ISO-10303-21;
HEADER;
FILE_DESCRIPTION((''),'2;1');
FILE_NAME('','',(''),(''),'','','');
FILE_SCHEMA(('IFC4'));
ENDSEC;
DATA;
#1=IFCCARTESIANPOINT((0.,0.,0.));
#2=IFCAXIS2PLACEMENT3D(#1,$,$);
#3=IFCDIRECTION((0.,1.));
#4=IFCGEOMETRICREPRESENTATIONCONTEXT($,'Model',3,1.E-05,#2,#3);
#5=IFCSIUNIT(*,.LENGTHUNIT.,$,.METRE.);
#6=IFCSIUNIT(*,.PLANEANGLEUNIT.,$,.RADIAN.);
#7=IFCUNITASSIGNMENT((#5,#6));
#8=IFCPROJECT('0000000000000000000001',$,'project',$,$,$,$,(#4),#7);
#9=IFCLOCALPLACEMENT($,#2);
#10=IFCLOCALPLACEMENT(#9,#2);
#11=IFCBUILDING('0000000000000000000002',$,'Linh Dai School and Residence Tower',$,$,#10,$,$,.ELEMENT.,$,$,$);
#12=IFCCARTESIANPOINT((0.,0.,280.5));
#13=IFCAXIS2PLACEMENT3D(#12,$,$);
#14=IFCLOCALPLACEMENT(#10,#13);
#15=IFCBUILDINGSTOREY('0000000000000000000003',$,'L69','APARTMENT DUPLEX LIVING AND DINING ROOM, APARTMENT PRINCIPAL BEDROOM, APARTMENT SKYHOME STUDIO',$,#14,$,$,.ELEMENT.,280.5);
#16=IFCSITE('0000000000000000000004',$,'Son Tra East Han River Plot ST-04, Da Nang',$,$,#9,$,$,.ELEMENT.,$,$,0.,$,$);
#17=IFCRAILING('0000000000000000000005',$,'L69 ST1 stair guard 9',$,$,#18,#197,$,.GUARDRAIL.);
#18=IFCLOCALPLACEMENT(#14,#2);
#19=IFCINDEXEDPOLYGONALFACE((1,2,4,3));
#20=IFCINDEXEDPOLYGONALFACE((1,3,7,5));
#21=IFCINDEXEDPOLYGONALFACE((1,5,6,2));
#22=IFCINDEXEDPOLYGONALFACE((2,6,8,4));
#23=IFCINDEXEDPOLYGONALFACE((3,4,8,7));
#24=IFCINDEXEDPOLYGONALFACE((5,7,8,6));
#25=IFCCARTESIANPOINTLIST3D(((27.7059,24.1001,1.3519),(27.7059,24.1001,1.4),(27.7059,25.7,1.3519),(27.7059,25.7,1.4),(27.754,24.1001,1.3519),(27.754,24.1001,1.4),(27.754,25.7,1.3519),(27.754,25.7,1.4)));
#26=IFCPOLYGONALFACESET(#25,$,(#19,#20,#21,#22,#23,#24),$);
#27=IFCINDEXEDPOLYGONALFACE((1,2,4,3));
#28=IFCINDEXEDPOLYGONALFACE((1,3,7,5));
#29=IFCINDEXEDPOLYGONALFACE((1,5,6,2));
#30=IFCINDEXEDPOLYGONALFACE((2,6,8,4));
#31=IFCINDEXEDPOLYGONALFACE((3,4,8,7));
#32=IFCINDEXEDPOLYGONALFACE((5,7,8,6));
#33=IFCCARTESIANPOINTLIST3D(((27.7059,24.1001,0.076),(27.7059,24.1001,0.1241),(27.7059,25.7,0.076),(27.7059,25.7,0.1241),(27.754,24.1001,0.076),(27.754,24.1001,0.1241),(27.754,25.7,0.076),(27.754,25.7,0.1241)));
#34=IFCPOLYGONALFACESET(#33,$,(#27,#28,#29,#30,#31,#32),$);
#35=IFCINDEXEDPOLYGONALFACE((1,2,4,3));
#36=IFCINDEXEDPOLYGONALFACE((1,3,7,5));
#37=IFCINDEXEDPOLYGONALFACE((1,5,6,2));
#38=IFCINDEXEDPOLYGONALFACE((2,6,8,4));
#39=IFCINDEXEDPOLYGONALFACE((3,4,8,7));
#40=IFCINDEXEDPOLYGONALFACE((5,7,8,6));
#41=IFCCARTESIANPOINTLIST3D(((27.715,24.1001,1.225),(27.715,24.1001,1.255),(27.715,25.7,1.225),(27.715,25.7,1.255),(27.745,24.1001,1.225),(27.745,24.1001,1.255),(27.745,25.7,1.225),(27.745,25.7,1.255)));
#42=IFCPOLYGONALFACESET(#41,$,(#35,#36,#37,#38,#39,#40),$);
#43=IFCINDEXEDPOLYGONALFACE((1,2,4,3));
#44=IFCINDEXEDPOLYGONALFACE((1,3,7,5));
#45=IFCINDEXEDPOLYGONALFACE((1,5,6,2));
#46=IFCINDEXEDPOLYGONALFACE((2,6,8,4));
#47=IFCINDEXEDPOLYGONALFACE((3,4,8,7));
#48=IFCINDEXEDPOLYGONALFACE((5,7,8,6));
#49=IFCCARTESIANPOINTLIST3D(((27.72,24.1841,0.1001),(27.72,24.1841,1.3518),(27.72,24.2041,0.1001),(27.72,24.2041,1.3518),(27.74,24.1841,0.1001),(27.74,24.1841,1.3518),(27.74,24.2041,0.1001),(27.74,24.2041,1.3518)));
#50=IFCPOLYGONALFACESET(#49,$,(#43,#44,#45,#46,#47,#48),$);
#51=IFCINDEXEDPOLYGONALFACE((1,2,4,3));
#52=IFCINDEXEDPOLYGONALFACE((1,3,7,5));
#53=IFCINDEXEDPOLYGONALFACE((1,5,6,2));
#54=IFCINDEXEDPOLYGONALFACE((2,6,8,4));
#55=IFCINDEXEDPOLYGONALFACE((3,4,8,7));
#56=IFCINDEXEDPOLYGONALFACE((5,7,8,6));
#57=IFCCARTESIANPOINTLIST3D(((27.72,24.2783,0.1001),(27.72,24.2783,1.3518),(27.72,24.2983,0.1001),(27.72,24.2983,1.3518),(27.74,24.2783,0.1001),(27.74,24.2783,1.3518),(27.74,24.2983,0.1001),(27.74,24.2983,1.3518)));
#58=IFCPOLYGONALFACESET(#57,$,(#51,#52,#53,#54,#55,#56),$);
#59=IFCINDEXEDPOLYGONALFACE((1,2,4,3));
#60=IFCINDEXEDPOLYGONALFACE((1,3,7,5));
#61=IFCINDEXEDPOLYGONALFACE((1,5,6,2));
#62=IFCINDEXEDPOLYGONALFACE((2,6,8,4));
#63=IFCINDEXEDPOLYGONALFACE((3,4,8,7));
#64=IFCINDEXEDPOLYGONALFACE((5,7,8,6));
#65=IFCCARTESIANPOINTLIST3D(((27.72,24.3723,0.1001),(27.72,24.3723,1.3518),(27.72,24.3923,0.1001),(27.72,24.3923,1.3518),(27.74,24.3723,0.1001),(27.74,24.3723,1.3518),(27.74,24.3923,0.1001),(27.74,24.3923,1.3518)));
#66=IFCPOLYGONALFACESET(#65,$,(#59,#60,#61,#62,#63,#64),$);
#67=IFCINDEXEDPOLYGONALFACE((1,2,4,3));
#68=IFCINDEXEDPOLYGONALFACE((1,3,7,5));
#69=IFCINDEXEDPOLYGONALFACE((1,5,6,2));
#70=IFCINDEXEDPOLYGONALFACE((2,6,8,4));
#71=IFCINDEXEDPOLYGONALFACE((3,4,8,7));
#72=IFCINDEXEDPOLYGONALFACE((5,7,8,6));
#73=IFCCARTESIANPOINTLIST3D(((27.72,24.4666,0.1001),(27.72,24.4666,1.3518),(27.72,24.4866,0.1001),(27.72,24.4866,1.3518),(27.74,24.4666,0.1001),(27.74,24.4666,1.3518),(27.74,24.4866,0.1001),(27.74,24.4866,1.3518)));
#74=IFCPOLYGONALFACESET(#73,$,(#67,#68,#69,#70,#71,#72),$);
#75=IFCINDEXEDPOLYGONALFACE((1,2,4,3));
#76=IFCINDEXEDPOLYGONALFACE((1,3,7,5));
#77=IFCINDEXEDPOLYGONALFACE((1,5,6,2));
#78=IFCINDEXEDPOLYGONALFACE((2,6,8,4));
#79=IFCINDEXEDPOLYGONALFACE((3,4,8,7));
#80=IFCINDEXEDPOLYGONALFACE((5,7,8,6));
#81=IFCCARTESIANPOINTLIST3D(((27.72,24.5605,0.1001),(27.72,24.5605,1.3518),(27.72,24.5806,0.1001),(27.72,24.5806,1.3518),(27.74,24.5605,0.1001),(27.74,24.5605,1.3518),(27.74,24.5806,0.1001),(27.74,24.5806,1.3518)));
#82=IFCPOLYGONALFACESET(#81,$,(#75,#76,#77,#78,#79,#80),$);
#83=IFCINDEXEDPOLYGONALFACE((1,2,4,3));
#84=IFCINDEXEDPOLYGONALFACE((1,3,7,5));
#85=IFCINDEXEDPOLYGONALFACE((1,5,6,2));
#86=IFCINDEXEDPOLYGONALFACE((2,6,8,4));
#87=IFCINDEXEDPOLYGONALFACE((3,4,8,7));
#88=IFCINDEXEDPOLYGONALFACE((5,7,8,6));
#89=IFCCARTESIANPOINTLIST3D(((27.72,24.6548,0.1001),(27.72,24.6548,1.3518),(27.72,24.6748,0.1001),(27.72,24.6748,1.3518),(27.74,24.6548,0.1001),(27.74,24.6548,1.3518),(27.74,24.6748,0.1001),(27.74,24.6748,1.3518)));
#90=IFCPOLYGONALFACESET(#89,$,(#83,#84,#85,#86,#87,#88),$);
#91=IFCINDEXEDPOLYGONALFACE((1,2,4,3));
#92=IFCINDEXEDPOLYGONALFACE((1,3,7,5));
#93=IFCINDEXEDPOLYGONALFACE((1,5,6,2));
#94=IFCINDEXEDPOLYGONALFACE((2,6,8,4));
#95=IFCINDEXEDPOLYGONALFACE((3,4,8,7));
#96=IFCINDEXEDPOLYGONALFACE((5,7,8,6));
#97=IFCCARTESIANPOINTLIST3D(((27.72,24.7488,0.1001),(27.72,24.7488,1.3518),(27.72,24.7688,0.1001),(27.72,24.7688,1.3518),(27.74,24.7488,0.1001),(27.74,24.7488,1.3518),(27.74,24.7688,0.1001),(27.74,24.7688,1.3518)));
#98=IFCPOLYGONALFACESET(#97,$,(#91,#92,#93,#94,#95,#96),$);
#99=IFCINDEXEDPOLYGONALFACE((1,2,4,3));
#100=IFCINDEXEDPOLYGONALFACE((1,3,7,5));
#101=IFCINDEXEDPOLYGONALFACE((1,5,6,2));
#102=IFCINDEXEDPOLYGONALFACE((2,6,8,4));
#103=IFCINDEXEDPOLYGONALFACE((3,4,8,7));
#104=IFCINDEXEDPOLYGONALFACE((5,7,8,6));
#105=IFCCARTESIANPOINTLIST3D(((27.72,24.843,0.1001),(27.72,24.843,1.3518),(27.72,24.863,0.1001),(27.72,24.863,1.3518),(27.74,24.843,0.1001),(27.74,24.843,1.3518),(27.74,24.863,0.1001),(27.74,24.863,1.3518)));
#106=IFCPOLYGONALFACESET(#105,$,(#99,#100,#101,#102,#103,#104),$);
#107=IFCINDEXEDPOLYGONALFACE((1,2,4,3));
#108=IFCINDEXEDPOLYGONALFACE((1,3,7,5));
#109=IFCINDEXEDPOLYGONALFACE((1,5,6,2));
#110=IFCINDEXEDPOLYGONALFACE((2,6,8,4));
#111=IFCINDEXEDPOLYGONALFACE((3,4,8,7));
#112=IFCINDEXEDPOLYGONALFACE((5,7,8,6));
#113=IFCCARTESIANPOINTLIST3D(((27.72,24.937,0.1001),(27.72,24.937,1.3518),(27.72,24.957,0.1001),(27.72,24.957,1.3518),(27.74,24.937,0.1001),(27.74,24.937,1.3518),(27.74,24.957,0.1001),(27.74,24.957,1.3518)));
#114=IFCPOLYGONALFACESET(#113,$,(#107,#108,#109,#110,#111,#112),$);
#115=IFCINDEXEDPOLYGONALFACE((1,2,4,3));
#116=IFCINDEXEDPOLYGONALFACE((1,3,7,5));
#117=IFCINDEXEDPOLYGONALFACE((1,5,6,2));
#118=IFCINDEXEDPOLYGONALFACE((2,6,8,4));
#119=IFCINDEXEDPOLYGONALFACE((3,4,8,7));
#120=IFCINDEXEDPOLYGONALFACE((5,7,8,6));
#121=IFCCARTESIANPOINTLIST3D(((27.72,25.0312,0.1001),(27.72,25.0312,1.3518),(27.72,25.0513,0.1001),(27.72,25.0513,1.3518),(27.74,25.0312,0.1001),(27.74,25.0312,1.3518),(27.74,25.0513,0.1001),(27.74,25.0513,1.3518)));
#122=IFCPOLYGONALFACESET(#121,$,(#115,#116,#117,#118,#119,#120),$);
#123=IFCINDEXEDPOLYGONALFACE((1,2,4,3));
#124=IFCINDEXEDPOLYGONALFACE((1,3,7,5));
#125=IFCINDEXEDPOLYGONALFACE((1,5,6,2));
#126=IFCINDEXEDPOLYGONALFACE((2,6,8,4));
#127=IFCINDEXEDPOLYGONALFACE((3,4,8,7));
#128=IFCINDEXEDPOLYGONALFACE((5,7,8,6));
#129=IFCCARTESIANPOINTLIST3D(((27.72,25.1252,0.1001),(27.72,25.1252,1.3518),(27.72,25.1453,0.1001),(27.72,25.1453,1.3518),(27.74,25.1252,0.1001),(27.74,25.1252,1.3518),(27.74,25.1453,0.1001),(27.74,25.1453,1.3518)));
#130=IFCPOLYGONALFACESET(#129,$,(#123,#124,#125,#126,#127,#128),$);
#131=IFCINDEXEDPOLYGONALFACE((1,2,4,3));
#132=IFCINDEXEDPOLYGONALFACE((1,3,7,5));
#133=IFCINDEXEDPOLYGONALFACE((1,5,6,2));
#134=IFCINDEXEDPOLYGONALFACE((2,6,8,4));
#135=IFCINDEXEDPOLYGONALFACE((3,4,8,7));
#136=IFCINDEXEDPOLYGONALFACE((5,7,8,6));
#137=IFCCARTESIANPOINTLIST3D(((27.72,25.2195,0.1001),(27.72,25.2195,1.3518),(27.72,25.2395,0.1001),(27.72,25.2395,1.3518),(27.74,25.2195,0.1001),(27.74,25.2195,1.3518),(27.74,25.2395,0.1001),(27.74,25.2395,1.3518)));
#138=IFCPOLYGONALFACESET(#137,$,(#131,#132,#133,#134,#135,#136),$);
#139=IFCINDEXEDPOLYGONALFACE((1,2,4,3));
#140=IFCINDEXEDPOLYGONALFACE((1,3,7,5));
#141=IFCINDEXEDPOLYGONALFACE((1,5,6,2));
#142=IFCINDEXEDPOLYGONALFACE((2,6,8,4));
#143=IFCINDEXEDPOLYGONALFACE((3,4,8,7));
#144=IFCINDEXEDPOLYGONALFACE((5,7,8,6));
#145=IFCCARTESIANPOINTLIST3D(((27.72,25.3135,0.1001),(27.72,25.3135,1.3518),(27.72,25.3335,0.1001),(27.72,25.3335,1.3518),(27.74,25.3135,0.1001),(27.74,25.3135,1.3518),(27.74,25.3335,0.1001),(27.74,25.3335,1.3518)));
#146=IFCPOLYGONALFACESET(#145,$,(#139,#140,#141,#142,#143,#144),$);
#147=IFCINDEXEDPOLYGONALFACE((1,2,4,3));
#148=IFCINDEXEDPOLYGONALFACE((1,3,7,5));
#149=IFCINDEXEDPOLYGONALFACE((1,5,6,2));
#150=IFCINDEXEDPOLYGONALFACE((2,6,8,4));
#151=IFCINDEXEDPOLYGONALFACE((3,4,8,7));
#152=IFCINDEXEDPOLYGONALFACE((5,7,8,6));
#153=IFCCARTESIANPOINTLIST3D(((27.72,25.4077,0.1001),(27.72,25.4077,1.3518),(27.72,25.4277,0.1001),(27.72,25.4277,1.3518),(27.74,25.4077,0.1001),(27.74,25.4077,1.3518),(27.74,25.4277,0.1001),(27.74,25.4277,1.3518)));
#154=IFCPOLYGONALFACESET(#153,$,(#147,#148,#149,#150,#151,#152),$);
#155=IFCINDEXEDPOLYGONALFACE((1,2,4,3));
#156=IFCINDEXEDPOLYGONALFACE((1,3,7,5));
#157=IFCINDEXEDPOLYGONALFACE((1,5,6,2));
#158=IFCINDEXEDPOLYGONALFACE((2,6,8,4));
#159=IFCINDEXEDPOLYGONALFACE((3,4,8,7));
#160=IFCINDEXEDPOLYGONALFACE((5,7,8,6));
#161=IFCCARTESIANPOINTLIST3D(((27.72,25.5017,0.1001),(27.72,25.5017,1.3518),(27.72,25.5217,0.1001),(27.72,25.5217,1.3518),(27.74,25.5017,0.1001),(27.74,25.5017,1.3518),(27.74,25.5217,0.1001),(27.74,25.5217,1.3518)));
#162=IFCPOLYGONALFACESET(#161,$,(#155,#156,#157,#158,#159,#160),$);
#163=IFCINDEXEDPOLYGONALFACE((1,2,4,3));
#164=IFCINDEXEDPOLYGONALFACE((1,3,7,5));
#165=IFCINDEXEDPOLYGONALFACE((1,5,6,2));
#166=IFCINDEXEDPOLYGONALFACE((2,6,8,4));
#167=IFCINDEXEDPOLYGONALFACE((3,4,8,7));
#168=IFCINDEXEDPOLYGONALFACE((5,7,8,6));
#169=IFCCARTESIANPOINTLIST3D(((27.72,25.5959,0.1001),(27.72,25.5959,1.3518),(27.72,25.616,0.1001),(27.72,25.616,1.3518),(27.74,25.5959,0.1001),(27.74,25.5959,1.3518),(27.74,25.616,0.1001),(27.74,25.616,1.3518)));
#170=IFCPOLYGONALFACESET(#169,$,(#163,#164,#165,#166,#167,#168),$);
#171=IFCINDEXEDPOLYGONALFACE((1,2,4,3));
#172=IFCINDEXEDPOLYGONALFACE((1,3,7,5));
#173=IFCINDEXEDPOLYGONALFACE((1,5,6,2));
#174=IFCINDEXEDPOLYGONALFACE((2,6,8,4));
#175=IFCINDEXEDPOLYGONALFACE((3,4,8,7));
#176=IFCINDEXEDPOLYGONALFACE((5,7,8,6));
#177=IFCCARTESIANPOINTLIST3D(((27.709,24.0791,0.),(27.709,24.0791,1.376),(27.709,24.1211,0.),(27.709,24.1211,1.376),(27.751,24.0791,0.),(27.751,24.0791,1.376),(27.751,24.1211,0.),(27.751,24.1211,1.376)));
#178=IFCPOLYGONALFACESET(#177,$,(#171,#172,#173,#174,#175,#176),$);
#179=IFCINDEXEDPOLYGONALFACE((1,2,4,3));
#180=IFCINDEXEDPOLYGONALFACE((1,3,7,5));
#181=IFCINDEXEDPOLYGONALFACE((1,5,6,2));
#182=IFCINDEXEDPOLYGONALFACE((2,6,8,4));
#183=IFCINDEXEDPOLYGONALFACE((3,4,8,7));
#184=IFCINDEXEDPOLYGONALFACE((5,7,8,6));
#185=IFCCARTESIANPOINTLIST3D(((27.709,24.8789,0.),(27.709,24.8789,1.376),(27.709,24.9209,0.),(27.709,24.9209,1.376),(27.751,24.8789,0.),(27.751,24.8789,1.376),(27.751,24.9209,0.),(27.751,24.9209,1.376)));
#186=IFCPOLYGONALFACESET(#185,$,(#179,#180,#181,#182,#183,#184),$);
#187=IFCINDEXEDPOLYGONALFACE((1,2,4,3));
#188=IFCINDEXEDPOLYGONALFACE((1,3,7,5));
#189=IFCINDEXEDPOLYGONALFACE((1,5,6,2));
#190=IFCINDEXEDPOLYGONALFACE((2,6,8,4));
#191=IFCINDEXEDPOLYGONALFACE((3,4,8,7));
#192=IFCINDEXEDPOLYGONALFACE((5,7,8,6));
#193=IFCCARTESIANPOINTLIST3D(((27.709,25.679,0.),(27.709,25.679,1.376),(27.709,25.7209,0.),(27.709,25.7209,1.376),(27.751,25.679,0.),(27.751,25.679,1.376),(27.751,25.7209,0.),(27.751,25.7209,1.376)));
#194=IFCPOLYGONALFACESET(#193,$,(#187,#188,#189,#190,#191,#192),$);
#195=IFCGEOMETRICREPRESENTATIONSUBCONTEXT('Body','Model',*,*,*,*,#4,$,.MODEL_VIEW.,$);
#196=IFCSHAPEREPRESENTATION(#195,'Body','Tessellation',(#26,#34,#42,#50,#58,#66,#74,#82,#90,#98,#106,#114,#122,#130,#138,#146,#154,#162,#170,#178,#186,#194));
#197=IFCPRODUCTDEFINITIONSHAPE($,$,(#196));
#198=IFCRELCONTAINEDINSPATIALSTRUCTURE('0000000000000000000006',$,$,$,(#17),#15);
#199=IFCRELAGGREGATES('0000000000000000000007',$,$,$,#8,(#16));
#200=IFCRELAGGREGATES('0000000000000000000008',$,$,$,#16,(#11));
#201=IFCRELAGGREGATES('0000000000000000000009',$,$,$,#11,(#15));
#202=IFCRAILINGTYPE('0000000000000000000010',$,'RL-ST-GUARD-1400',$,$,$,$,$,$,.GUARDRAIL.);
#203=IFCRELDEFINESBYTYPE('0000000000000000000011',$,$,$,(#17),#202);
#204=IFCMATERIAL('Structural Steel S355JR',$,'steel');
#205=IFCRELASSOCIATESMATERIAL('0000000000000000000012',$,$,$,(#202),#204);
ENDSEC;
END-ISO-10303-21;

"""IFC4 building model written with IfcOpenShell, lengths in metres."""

from ifc_helpers import new_model, si_unit, direction, frame, origin, origin_2d, place, context, subcontext, project, spatial, rectangle, extrude, source, transform, mapped, material, type_object, element, save


model = new_model("IFC4")

# Units and contexts
model_context = context("Model", 3, precision=1e-05, world=origin(), true_north=direction((0.0, 1.0)))
body_context = subcontext(model_context, "Body", "Model", "MODEL_VIEW")
ifc_project = project(units=[si_unit("LENGTHUNIT", "METRE"), si_unit("PLANEANGLEUNIT", "RADIAN")], contexts=[model_context])

# Site, building, storey
site_placement = place(None, origin())
site = spatial("IfcSite", under=ifc_project, at=site_placement, Name="Son Tra East Han River Plot ST-04, Da Nang", CompositionType="ELEMENT", RefElevation=0.0)
building_placement = place(site_placement, origin())
building = spatial("IfcBuilding", under=site, at=building_placement, Name="Linh Dai School and Residence Tower", CompositionType="ELEMENT")
storey_placement = place(building_placement, frame((0.0, 0.0, 280.5)))
storey = spatial("IfcBuildingStorey", under=building, at=storey_placement, Name="L69", Description="APARTMENT DUPLEX LIVING AND DINING ROOM, APARTMENT PRINCIPAL BEDROOM, APARTMENT SKYHOME STUDIO", CompositionType="ELEMENT", Elevation=280.5)

# Shared definitions
ifc_material_1 = material(Name="Structural Steel S355JR", Category="steel")

# Railing
railing_type_1 = type_object("IfcRailingType", Name="RL-ST-GUARD-1400", PredefinedType="GUARDRAIL", material=ifc_material_1)
shared_shape_1 = source(origin(), body_context, "Body", "SweptSolid", [
    extrude(rectangle(XDim=0.0481, YDim=0.0481, at=origin_2d()), frame((0.0, 0.0, 1.376), z_axis=(0.0, 1.0, 0.0), x_axis=(-1.0, 0.0, 0.0)), (0.0, 0.0, 1.0), 1.5999),
    extrude(rectangle(XDim=0.0481, YDim=0.0481, at=origin_2d()), frame((0.0, 0.0, 0.1001), z_axis=(0.0, 1.0, 0.0), x_axis=(-1.0, 0.0, 0.0)), (0.0, 0.0, 1.0), 1.5999),
    extrude(rectangle(XDim=0.03, YDim=0.03, at=origin_2d()), frame((0.0, 0.0, 1.24), z_axis=(0.0, 1.0, 0.0), x_axis=(-1.0, 0.0, 0.0)), (0.0, 0.0, 1.0), 1.5999),
    extrude(rectangle(XDim=0.02, YDim=0.02, at=origin_2d()), frame((0.0, 0.094, 0.1001)), (0.0, 0.0, 1.0), 1.2517),
    extrude(rectangle(XDim=0.02, YDim=0.02, at=origin_2d()), frame((0.0, 0.1882, 0.1001)), (0.0, 0.0, 1.0), 1.2517),
    extrude(rectangle(XDim=0.02, YDim=0.02, at=origin_2d()), frame((0.0, 0.2822, 0.1001)), (0.0, 0.0, 1.0), 1.2517),
    extrude(rectangle(XDim=0.02, YDim=0.02, at=origin_2d()), frame((0.0, 0.3765, 0.1001)), (0.0, 0.0, 1.0), 1.2517),
    extrude(rectangle(XDim=0.02, YDim=0.02, at=origin_2d()), frame((0.0, 0.4705, 0.1001)), (0.0, 0.0, 1.0), 1.2517),
    extrude(rectangle(XDim=0.02, YDim=0.02, at=origin_2d()), frame((0.0, 0.5647, 0.1001)), (0.0, 0.0, 1.0), 1.2517),
    extrude(rectangle(XDim=0.02, YDim=0.02, at=origin_2d()), frame((0.0, 0.6587, 0.1001)), (0.0, 0.0, 1.0), 1.2517),
    extrude(rectangle(XDim=0.02, YDim=0.02, at=origin_2d()), frame((0.0, 0.7529, 0.1001)), (0.0, 0.0, 1.0), 1.2517),
    extrude(rectangle(XDim=0.02, YDim=0.02, at=origin_2d()), frame((0.0, 0.8469, 0.1001)), (0.0, 0.0, 1.0), 1.2517),
    extrude(rectangle(XDim=0.02, YDim=0.02, at=origin_2d()), frame((0.0, 0.9412, 0.1001)), (0.0, 0.0, 1.0), 1.2517),
    extrude(rectangle(XDim=0.02, YDim=0.02, at=origin_2d()), frame((0.0, 1.0352, 0.1001)), (0.0, 0.0, 1.0), 1.2517),
    extrude(rectangle(XDim=0.02, YDim=0.02, at=origin_2d()), frame((0.0, 1.1294, 0.1001)), (0.0, 0.0, 1.0), 1.2517),
    extrude(rectangle(XDim=0.02, YDim=0.02, at=origin_2d()), frame((0.0, 1.2234, 0.1001)), (0.0, 0.0, 1.0), 1.2517),
    extrude(rectangle(XDim=0.02, YDim=0.02, at=origin_2d()), frame((0.0, 1.3176, 0.1001)), (0.0, 0.0, 1.0), 1.2517),
    extrude(rectangle(XDim=0.02, YDim=0.02, at=origin_2d()), frame((0.0, 1.4116, 0.1001)), (0.0, 0.0, 1.0), 1.2517),
    extrude(rectangle(XDim=0.02, YDim=0.02, at=origin_2d()), frame((0.0, 1.5059, 0.1001)), (0.0, 0.0, 1.0), 1.2517),
    extrude(rectangle(XDim=0.042, YDim=0.042, at=origin_2d()), origin(), (0.0, 0.0, 1.0), 1.376),
    extrude(rectangle(XDim=0.042, YDim=0.042, at=origin_2d()), frame((0.0, 0.7998, 0.0)), (0.0, 0.0, 1.0), 1.376),
    extrude(rectangle(XDim=0.042, YDim=0.042, at=origin_2d()), frame((0.0, 1.5999, 0.0)), (0.0, 0.0, 1.0), 1.376),
])
for number, where, name in (
    (1, (27.73, 24.1001, 0.0), "L69 ST1 stair guard 9"),
):
    element("IfcRailing", number, at=place(storey_placement, frame(where)), inside=storey, type_object=railing_type_1, Name=name, PredefinedType="GUARDRAIL", context=body_context, shape_type="MappedRepresentation", body=[
        mapped(shared_shape_1, transform((0.0, 0.0, 0.0), x_axis=(1.0, 0.0, 0.0), y_axis=(0.0, 1.0, 0.0), z_axis=(0.0, 0.0, 1.0), scale=1.0)),
    ])

save(model, "model.ifc")
